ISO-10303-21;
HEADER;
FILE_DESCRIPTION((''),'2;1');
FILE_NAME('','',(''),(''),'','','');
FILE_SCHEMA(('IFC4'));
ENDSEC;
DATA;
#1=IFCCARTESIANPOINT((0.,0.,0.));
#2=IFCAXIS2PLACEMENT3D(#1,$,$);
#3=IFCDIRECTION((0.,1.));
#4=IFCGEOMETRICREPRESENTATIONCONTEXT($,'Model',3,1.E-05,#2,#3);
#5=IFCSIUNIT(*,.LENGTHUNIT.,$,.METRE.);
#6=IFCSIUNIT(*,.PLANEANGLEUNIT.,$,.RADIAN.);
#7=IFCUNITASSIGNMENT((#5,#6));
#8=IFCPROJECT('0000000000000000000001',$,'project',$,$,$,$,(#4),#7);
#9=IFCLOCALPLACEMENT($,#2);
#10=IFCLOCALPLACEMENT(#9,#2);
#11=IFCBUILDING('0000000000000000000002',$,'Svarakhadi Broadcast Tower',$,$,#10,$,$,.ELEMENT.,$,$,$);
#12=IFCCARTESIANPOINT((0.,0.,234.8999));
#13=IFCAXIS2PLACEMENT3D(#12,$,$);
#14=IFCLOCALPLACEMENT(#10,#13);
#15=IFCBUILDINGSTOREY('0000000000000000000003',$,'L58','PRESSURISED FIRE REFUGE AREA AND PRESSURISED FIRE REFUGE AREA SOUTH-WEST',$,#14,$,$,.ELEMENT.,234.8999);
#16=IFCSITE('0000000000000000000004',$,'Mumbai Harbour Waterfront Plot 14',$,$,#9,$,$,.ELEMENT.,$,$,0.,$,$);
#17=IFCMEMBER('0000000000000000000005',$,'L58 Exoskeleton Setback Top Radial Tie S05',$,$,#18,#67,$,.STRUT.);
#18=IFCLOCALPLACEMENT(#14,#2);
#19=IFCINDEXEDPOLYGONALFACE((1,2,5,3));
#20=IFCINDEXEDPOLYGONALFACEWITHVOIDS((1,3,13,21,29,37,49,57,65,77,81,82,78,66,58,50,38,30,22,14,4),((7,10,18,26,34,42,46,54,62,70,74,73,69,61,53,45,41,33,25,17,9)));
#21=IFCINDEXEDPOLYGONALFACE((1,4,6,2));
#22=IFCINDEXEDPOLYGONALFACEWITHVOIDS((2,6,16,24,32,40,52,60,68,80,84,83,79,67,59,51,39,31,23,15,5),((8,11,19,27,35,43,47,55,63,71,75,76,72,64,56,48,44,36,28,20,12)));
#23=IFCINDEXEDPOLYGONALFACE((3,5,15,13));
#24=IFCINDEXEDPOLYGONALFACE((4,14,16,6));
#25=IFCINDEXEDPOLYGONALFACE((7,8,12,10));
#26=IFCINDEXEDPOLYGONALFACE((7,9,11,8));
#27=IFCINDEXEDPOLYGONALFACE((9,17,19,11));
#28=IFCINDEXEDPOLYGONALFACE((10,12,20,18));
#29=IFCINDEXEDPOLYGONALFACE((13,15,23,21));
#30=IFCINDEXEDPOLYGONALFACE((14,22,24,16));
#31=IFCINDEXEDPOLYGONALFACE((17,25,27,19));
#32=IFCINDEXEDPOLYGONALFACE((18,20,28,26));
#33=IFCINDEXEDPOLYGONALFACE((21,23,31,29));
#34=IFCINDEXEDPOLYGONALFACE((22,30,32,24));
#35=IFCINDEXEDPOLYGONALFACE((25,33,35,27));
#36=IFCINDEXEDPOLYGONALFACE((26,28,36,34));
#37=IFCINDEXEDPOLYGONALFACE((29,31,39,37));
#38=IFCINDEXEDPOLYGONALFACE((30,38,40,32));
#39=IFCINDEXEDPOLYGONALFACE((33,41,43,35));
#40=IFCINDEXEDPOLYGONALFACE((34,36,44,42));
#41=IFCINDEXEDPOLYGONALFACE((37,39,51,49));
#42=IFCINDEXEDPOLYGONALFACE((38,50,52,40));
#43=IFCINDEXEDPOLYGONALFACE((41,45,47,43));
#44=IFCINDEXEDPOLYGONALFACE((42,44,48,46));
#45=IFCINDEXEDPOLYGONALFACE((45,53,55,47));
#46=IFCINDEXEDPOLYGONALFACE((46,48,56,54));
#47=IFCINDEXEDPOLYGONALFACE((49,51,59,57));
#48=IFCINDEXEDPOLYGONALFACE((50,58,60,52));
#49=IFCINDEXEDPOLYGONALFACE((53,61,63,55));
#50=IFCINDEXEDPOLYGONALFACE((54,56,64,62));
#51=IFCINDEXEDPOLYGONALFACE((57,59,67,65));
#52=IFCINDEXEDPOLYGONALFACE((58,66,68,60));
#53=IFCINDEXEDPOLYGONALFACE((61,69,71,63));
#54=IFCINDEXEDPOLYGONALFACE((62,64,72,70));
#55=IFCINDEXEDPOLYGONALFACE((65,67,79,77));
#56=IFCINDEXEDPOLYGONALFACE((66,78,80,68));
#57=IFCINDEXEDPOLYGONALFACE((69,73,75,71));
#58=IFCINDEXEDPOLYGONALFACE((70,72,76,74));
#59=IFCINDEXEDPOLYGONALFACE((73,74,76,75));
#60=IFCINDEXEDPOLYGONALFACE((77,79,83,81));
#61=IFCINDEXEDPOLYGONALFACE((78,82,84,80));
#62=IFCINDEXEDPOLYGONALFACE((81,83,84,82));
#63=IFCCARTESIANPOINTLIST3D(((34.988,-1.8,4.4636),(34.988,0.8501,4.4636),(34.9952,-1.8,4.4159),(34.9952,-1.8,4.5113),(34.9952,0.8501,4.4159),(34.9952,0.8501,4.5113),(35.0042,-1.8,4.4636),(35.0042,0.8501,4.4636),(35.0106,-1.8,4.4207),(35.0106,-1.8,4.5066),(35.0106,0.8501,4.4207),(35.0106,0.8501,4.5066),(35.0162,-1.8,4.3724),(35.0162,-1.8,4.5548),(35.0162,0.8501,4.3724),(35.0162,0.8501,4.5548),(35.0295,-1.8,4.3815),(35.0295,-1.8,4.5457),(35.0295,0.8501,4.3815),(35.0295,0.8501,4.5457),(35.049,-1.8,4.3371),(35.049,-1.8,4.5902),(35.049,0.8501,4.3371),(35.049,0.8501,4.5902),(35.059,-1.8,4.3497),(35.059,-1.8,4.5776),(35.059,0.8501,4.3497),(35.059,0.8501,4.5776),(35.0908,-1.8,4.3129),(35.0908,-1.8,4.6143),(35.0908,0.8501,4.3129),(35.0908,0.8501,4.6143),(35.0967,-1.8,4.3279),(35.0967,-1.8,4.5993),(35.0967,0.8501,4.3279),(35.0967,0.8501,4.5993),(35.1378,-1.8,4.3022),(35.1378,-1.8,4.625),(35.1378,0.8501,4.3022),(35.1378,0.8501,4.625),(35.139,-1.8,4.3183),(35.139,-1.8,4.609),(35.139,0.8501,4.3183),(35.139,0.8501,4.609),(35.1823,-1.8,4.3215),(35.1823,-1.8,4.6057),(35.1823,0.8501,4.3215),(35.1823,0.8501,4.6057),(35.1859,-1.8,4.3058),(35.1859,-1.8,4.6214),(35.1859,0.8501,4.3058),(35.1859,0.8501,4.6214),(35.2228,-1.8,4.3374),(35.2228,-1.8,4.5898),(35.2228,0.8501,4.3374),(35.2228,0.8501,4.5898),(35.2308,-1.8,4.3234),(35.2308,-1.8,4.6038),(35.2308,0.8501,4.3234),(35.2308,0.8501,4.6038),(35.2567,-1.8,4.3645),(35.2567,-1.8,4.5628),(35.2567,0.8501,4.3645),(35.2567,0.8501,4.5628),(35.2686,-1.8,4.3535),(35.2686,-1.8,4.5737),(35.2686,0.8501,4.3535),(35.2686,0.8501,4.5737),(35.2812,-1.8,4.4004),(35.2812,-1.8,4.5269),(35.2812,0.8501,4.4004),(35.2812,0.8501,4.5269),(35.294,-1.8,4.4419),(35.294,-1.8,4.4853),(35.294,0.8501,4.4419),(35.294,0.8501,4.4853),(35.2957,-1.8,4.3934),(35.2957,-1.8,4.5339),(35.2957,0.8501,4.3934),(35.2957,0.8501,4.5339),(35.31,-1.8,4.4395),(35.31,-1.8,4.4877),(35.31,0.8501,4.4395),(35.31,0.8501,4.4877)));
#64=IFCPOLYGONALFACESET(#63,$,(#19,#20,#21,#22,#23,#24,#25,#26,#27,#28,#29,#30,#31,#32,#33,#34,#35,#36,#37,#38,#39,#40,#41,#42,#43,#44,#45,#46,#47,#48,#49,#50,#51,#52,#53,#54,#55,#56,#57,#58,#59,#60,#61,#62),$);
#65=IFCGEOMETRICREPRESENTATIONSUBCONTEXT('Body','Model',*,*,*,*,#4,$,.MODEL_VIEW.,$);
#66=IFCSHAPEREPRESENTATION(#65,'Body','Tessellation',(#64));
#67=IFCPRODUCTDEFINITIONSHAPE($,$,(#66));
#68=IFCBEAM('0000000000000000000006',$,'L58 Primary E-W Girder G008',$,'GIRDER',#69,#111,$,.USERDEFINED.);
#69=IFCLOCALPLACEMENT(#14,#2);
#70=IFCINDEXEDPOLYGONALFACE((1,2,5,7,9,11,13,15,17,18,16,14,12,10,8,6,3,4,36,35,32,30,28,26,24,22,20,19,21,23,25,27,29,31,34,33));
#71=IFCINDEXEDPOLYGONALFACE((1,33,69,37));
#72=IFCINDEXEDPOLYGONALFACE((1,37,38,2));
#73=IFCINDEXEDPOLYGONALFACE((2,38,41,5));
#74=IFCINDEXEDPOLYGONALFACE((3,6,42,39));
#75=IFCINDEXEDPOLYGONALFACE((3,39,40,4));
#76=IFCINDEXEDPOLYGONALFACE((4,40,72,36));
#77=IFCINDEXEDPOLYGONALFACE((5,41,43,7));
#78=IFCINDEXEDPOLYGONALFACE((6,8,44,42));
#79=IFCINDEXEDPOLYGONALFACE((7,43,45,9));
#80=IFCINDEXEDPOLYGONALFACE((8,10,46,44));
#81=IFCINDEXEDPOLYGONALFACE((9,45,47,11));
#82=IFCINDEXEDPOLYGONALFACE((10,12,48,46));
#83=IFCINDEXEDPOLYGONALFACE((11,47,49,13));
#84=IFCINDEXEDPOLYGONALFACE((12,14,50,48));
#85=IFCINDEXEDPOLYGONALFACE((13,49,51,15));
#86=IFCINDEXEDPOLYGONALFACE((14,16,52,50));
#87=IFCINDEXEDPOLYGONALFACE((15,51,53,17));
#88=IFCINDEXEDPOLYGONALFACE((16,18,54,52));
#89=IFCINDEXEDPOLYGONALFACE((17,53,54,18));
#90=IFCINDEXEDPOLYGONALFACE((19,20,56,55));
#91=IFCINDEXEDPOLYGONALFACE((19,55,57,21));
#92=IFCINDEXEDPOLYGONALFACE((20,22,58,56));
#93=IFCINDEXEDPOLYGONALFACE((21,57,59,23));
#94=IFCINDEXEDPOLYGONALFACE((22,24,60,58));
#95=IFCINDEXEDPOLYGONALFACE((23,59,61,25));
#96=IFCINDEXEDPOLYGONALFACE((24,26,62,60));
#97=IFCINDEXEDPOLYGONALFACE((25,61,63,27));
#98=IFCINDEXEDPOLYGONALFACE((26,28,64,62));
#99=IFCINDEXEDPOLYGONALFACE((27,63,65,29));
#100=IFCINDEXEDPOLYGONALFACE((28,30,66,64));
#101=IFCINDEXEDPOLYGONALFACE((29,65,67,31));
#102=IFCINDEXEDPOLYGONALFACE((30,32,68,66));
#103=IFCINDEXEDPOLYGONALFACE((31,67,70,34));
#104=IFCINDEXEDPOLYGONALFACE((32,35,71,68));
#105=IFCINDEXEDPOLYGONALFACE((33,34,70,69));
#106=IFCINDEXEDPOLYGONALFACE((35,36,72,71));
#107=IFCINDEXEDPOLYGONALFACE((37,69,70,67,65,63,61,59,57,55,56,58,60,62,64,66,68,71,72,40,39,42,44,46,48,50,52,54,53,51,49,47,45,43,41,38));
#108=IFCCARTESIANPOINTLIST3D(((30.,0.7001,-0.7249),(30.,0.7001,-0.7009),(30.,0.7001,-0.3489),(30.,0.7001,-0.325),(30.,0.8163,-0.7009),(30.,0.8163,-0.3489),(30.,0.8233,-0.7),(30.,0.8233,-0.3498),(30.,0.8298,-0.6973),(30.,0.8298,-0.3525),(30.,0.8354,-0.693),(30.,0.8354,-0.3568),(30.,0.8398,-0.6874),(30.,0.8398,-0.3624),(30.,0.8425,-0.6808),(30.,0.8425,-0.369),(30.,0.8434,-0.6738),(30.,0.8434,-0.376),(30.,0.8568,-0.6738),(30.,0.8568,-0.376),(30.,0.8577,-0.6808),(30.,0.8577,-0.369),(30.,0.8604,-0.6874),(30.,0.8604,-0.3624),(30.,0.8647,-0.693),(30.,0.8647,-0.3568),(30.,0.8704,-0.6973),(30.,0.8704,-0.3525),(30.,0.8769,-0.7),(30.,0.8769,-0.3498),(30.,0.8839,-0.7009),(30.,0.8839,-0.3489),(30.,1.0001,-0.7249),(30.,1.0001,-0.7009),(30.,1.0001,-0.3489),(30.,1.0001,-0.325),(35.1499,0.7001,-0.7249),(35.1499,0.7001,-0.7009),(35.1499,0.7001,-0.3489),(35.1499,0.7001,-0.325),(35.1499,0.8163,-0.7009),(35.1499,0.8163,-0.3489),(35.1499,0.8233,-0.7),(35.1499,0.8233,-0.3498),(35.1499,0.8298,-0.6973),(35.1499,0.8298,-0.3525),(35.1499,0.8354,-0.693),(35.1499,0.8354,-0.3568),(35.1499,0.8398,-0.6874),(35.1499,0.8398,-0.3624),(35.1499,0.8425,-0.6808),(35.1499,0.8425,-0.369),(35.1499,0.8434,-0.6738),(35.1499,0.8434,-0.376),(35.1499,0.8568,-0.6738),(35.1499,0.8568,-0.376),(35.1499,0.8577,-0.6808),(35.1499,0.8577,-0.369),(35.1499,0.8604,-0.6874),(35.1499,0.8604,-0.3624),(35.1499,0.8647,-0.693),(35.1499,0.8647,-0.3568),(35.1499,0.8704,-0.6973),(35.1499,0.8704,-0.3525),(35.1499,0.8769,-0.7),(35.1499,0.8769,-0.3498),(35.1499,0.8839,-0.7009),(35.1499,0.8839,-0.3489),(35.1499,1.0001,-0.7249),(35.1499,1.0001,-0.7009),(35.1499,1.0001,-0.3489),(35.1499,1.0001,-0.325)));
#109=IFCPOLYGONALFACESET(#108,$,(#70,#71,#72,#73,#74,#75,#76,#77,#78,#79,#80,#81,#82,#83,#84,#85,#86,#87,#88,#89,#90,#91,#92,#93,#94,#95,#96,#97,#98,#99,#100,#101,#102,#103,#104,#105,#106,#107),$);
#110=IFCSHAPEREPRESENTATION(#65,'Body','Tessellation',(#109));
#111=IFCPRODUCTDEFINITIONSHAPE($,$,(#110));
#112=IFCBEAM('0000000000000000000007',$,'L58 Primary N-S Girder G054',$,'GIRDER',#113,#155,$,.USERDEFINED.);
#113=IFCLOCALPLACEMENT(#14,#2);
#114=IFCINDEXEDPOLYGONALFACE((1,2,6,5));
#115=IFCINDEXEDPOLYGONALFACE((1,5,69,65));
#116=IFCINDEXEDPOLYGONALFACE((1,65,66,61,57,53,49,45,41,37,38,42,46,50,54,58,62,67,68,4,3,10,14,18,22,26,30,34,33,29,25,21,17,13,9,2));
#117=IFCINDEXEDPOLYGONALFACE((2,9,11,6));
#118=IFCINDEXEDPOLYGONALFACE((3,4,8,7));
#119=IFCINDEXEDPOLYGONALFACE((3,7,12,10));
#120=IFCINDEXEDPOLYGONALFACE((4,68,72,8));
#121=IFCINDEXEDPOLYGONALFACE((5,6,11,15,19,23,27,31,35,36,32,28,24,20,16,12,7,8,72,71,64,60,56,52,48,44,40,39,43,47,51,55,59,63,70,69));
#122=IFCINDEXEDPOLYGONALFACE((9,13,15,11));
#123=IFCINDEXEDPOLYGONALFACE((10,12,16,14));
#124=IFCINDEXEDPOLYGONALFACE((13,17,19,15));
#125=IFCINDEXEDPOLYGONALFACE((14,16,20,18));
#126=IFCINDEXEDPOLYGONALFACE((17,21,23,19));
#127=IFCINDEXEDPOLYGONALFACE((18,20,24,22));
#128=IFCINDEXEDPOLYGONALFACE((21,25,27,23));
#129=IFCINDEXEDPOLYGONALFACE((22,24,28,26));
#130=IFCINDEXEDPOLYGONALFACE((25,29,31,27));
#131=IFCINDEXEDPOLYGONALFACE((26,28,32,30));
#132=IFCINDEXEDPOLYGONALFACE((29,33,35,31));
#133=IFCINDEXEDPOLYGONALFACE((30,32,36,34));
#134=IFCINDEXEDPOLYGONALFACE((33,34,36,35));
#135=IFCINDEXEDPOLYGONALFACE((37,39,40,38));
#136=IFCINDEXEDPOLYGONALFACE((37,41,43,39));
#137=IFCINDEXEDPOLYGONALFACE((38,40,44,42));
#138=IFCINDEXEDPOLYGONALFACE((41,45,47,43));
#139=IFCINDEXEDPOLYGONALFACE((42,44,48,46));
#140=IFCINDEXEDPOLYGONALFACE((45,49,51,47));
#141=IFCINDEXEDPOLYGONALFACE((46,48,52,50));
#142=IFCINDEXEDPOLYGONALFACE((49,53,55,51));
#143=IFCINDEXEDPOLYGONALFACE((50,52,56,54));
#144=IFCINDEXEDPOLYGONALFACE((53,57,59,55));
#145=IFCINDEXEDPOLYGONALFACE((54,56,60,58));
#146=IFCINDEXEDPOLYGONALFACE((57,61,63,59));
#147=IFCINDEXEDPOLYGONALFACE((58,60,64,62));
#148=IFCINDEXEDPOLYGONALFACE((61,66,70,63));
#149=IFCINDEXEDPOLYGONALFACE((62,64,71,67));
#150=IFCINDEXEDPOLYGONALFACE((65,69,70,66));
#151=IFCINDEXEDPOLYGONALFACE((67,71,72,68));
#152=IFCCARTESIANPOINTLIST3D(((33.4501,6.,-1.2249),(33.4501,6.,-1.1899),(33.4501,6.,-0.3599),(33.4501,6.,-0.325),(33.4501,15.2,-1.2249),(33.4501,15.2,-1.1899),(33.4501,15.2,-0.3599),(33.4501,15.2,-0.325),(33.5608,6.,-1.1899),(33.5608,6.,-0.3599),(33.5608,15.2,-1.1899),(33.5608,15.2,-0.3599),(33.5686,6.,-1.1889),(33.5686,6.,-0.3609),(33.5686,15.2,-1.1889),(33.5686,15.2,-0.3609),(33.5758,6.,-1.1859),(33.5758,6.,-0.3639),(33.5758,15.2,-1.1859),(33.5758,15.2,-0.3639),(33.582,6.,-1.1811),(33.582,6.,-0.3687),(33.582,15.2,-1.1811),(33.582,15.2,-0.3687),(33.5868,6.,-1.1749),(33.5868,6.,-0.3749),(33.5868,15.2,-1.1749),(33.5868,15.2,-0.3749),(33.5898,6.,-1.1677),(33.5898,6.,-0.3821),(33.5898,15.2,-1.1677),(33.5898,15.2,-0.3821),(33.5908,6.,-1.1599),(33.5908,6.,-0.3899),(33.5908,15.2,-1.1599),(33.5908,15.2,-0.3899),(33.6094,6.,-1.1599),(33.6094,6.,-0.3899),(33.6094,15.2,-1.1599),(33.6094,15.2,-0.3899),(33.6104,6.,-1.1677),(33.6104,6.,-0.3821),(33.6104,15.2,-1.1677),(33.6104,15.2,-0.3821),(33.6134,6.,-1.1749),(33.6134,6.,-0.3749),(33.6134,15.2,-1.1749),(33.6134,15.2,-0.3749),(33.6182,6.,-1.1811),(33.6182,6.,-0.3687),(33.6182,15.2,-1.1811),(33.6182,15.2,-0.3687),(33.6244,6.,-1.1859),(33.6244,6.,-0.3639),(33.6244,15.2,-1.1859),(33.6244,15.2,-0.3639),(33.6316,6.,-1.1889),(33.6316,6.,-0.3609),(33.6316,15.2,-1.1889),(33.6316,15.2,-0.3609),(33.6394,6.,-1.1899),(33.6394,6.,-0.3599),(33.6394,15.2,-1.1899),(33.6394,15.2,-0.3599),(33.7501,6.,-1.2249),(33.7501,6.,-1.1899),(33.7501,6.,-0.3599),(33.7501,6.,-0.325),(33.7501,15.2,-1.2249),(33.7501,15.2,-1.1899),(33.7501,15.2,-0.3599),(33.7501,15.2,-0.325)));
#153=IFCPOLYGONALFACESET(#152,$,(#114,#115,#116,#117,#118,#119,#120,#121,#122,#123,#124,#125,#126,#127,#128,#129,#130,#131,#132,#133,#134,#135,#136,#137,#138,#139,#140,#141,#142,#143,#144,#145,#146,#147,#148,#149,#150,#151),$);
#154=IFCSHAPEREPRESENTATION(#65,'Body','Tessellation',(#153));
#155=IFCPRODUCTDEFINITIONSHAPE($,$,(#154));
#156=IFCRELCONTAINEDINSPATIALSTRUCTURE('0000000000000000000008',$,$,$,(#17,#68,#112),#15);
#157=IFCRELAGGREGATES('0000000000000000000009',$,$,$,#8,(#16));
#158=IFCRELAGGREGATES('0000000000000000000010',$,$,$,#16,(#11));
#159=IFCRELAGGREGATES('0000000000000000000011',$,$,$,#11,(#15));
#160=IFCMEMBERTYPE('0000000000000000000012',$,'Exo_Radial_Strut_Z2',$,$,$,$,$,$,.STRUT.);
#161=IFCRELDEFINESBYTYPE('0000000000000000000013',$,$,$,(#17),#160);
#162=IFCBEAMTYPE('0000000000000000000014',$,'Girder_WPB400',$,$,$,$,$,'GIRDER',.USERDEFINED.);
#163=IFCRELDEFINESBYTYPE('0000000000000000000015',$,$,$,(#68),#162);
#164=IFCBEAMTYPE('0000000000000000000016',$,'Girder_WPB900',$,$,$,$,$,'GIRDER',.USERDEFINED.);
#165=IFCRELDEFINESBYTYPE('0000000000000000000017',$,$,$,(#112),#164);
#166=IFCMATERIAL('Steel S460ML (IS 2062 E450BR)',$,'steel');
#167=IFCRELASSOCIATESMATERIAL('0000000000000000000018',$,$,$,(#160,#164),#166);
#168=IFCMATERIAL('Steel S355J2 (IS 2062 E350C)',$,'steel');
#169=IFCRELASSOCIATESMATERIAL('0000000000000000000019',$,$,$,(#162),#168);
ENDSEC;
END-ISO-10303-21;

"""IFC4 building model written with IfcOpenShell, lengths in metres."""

from ifc_helpers import new_model, si_unit, direction, frame, origin, origin_2d, place, context, subcontext, project, spatial, hollow_circle, i_section, extrude, material, material_profile, profile_set, type_object, element, save


model = new_model("IFC4")

# Units and contexts
model_context = context("Model", 3, precision=1e-05, world=origin(), true_north=direction((0.0, 1.0)))
body_context = subcontext(model_context, "Body", "Model", "MODEL_VIEW")
ifc_project = project(units=[si_unit("LENGTHUNIT", "METRE"), si_unit("PLANEANGLEUNIT", "RADIAN")], contexts=[model_context])

# Site, building, storey
site_placement = place(None, origin())
site = spatial("IfcSite", under=ifc_project, at=site_placement, Name="Mumbai Harbour Waterfront Plot 14", CompositionType="ELEMENT", RefElevation=0.0)
building_placement = place(site_placement, origin())
building = spatial("IfcBuilding", under=site, at=building_placement, Name="Svarakhadi Broadcast Tower", CompositionType="ELEMENT")
storey_placement = place(building_placement, frame((0.0, 0.0, 234.8999)))
storey = spatial("IfcBuildingStorey", under=building, at=storey_placement, Name="L58", Description="PRESSURISED FIRE REFUGE AREA AND PRESSURISED FIRE REFUGE AREA SOUTH-WEST", CompositionType="ELEMENT", Elevation=234.8999)

# Member
ifc_material_1 = material(Name="Steel S460ML (IS 2062 E450BR)", Category="steel")
ifc_material_profile_1 = material_profile(ifc_material_1, hollow_circle(Radius=0.1619, WallThickness=0.0161, at=origin_2d()), Name="CHS 323.9x16")
ifc_profile_set_1 = profile_set([ifc_material_profile_1], Name="Steel S460ML (IS 2062 E450BR)")
member_type_1 = type_object("IfcMemberType", Name="Exo_Radial_Strut_Z2", PredefinedType="STRUT", material=ifc_profile_set_1)
member_1_placement = place(storey_placement, frame((35.1499, -1.8, 4.4636), z_axis=(0.0, 1.0, 0.0), x_axis=(-1.0, 0.0, 0.0)))
element("IfcMember", 1, at=member_1_placement, inside=storey, type_object=member_type_1, Name="L58 Exoskeleton Setback Top Radial Tie S05", PredefinedType="STRUT", context=body_context, shape_type="SweptSolid", body=[
    extrude(hollow_circle(Radius=0.1619, WallThickness=0.0161, at=origin_2d()), origin(), (0.0, 0.0, 1.0), 2.6501),
])

# Beams
ifc_material_2 = material(Name="Steel S355J2 (IS 2062 E350C)", Category="steel")
ifc_material_profile_2 = material_profile(ifc_material_2, i_section(OverallWidth=0.3, OverallDepth=0.3999, WebThickness=0.0134, FlangeThickness=0.0239, FilletRadius=0.0271, at=origin_2d()), Name="WPB 400x300x155")
ifc_profile_set_2 = profile_set([ifc_material_profile_2], Name="Steel S355J2 (IS 2062 E350C)")
beam_type_1 = type_object("IfcBeamType", Name="Girder_WPB400", ElementType="GIRDER", PredefinedType="USERDEFINED", material=ifc_profile_set_2)
beam_1_placement = place(storey_placement, frame((30.0, 0.8501, -0.5249), z_axis=(1.0, 0.0, 0.0), x_axis=(0.0, 1.0, 0.0)))
element("IfcBeam", 2, at=beam_1_placement, inside=storey, type_object=beam_type_1, Name="L58 Primary E-W Girder G008", ObjectType="GIRDER", PredefinedType="USERDEFINED", context=body_context, shape_type="SweptSolid", body=[
    extrude(i_section(OverallWidth=0.3, OverallDepth=0.3999, WebThickness=0.0134, FlangeThickness=0.0239, FilletRadius=0.0271, at=origin_2d()), origin(), (0.0, 0.0, 1.0), 5.1499),
])
ifc_material_profile_3 = material_profile(ifc_material_1, i_section(OverallWidth=0.3, OverallDepth=0.8999, WebThickness=0.0186, FlangeThickness=0.0349, FilletRadius=0.03, at=origin_2d()), Name="WPB 900x300x291")
ifc_profile_set_3 = profile_set([ifc_material_profile_3], Name="Steel S460ML (IS 2062 E450BR)")
beam_type_2 = type_object("IfcBeamType", Name="Girder_WPB900", ElementType="GIRDER", PredefinedType="USERDEFINED", material=ifc_profile_set_3)
beam_2_placement = place(storey_placement, frame((33.6001, 6.0, -0.7749), z_axis=(0.0, 1.0, 0.0), x_axis=(-1.0, 0.0, 0.0)))
element("IfcBeam", 3, at=beam_2_placement, inside=storey, type_object=beam_type_2, Name="L58 Primary N-S Girder G054", ObjectType="GIRDER", PredefinedType="USERDEFINED", context=body_context, shape_type="SweptSolid", body=[
    extrude(i_section(OverallWidth=0.3, OverallDepth=0.8999, WebThickness=0.0186, FlangeThickness=0.0349, FilletRadius=0.03, at=origin_2d()), origin(), (0.0, 0.0, 1.0), 9.2),
])

save(model, "model.ifc")
